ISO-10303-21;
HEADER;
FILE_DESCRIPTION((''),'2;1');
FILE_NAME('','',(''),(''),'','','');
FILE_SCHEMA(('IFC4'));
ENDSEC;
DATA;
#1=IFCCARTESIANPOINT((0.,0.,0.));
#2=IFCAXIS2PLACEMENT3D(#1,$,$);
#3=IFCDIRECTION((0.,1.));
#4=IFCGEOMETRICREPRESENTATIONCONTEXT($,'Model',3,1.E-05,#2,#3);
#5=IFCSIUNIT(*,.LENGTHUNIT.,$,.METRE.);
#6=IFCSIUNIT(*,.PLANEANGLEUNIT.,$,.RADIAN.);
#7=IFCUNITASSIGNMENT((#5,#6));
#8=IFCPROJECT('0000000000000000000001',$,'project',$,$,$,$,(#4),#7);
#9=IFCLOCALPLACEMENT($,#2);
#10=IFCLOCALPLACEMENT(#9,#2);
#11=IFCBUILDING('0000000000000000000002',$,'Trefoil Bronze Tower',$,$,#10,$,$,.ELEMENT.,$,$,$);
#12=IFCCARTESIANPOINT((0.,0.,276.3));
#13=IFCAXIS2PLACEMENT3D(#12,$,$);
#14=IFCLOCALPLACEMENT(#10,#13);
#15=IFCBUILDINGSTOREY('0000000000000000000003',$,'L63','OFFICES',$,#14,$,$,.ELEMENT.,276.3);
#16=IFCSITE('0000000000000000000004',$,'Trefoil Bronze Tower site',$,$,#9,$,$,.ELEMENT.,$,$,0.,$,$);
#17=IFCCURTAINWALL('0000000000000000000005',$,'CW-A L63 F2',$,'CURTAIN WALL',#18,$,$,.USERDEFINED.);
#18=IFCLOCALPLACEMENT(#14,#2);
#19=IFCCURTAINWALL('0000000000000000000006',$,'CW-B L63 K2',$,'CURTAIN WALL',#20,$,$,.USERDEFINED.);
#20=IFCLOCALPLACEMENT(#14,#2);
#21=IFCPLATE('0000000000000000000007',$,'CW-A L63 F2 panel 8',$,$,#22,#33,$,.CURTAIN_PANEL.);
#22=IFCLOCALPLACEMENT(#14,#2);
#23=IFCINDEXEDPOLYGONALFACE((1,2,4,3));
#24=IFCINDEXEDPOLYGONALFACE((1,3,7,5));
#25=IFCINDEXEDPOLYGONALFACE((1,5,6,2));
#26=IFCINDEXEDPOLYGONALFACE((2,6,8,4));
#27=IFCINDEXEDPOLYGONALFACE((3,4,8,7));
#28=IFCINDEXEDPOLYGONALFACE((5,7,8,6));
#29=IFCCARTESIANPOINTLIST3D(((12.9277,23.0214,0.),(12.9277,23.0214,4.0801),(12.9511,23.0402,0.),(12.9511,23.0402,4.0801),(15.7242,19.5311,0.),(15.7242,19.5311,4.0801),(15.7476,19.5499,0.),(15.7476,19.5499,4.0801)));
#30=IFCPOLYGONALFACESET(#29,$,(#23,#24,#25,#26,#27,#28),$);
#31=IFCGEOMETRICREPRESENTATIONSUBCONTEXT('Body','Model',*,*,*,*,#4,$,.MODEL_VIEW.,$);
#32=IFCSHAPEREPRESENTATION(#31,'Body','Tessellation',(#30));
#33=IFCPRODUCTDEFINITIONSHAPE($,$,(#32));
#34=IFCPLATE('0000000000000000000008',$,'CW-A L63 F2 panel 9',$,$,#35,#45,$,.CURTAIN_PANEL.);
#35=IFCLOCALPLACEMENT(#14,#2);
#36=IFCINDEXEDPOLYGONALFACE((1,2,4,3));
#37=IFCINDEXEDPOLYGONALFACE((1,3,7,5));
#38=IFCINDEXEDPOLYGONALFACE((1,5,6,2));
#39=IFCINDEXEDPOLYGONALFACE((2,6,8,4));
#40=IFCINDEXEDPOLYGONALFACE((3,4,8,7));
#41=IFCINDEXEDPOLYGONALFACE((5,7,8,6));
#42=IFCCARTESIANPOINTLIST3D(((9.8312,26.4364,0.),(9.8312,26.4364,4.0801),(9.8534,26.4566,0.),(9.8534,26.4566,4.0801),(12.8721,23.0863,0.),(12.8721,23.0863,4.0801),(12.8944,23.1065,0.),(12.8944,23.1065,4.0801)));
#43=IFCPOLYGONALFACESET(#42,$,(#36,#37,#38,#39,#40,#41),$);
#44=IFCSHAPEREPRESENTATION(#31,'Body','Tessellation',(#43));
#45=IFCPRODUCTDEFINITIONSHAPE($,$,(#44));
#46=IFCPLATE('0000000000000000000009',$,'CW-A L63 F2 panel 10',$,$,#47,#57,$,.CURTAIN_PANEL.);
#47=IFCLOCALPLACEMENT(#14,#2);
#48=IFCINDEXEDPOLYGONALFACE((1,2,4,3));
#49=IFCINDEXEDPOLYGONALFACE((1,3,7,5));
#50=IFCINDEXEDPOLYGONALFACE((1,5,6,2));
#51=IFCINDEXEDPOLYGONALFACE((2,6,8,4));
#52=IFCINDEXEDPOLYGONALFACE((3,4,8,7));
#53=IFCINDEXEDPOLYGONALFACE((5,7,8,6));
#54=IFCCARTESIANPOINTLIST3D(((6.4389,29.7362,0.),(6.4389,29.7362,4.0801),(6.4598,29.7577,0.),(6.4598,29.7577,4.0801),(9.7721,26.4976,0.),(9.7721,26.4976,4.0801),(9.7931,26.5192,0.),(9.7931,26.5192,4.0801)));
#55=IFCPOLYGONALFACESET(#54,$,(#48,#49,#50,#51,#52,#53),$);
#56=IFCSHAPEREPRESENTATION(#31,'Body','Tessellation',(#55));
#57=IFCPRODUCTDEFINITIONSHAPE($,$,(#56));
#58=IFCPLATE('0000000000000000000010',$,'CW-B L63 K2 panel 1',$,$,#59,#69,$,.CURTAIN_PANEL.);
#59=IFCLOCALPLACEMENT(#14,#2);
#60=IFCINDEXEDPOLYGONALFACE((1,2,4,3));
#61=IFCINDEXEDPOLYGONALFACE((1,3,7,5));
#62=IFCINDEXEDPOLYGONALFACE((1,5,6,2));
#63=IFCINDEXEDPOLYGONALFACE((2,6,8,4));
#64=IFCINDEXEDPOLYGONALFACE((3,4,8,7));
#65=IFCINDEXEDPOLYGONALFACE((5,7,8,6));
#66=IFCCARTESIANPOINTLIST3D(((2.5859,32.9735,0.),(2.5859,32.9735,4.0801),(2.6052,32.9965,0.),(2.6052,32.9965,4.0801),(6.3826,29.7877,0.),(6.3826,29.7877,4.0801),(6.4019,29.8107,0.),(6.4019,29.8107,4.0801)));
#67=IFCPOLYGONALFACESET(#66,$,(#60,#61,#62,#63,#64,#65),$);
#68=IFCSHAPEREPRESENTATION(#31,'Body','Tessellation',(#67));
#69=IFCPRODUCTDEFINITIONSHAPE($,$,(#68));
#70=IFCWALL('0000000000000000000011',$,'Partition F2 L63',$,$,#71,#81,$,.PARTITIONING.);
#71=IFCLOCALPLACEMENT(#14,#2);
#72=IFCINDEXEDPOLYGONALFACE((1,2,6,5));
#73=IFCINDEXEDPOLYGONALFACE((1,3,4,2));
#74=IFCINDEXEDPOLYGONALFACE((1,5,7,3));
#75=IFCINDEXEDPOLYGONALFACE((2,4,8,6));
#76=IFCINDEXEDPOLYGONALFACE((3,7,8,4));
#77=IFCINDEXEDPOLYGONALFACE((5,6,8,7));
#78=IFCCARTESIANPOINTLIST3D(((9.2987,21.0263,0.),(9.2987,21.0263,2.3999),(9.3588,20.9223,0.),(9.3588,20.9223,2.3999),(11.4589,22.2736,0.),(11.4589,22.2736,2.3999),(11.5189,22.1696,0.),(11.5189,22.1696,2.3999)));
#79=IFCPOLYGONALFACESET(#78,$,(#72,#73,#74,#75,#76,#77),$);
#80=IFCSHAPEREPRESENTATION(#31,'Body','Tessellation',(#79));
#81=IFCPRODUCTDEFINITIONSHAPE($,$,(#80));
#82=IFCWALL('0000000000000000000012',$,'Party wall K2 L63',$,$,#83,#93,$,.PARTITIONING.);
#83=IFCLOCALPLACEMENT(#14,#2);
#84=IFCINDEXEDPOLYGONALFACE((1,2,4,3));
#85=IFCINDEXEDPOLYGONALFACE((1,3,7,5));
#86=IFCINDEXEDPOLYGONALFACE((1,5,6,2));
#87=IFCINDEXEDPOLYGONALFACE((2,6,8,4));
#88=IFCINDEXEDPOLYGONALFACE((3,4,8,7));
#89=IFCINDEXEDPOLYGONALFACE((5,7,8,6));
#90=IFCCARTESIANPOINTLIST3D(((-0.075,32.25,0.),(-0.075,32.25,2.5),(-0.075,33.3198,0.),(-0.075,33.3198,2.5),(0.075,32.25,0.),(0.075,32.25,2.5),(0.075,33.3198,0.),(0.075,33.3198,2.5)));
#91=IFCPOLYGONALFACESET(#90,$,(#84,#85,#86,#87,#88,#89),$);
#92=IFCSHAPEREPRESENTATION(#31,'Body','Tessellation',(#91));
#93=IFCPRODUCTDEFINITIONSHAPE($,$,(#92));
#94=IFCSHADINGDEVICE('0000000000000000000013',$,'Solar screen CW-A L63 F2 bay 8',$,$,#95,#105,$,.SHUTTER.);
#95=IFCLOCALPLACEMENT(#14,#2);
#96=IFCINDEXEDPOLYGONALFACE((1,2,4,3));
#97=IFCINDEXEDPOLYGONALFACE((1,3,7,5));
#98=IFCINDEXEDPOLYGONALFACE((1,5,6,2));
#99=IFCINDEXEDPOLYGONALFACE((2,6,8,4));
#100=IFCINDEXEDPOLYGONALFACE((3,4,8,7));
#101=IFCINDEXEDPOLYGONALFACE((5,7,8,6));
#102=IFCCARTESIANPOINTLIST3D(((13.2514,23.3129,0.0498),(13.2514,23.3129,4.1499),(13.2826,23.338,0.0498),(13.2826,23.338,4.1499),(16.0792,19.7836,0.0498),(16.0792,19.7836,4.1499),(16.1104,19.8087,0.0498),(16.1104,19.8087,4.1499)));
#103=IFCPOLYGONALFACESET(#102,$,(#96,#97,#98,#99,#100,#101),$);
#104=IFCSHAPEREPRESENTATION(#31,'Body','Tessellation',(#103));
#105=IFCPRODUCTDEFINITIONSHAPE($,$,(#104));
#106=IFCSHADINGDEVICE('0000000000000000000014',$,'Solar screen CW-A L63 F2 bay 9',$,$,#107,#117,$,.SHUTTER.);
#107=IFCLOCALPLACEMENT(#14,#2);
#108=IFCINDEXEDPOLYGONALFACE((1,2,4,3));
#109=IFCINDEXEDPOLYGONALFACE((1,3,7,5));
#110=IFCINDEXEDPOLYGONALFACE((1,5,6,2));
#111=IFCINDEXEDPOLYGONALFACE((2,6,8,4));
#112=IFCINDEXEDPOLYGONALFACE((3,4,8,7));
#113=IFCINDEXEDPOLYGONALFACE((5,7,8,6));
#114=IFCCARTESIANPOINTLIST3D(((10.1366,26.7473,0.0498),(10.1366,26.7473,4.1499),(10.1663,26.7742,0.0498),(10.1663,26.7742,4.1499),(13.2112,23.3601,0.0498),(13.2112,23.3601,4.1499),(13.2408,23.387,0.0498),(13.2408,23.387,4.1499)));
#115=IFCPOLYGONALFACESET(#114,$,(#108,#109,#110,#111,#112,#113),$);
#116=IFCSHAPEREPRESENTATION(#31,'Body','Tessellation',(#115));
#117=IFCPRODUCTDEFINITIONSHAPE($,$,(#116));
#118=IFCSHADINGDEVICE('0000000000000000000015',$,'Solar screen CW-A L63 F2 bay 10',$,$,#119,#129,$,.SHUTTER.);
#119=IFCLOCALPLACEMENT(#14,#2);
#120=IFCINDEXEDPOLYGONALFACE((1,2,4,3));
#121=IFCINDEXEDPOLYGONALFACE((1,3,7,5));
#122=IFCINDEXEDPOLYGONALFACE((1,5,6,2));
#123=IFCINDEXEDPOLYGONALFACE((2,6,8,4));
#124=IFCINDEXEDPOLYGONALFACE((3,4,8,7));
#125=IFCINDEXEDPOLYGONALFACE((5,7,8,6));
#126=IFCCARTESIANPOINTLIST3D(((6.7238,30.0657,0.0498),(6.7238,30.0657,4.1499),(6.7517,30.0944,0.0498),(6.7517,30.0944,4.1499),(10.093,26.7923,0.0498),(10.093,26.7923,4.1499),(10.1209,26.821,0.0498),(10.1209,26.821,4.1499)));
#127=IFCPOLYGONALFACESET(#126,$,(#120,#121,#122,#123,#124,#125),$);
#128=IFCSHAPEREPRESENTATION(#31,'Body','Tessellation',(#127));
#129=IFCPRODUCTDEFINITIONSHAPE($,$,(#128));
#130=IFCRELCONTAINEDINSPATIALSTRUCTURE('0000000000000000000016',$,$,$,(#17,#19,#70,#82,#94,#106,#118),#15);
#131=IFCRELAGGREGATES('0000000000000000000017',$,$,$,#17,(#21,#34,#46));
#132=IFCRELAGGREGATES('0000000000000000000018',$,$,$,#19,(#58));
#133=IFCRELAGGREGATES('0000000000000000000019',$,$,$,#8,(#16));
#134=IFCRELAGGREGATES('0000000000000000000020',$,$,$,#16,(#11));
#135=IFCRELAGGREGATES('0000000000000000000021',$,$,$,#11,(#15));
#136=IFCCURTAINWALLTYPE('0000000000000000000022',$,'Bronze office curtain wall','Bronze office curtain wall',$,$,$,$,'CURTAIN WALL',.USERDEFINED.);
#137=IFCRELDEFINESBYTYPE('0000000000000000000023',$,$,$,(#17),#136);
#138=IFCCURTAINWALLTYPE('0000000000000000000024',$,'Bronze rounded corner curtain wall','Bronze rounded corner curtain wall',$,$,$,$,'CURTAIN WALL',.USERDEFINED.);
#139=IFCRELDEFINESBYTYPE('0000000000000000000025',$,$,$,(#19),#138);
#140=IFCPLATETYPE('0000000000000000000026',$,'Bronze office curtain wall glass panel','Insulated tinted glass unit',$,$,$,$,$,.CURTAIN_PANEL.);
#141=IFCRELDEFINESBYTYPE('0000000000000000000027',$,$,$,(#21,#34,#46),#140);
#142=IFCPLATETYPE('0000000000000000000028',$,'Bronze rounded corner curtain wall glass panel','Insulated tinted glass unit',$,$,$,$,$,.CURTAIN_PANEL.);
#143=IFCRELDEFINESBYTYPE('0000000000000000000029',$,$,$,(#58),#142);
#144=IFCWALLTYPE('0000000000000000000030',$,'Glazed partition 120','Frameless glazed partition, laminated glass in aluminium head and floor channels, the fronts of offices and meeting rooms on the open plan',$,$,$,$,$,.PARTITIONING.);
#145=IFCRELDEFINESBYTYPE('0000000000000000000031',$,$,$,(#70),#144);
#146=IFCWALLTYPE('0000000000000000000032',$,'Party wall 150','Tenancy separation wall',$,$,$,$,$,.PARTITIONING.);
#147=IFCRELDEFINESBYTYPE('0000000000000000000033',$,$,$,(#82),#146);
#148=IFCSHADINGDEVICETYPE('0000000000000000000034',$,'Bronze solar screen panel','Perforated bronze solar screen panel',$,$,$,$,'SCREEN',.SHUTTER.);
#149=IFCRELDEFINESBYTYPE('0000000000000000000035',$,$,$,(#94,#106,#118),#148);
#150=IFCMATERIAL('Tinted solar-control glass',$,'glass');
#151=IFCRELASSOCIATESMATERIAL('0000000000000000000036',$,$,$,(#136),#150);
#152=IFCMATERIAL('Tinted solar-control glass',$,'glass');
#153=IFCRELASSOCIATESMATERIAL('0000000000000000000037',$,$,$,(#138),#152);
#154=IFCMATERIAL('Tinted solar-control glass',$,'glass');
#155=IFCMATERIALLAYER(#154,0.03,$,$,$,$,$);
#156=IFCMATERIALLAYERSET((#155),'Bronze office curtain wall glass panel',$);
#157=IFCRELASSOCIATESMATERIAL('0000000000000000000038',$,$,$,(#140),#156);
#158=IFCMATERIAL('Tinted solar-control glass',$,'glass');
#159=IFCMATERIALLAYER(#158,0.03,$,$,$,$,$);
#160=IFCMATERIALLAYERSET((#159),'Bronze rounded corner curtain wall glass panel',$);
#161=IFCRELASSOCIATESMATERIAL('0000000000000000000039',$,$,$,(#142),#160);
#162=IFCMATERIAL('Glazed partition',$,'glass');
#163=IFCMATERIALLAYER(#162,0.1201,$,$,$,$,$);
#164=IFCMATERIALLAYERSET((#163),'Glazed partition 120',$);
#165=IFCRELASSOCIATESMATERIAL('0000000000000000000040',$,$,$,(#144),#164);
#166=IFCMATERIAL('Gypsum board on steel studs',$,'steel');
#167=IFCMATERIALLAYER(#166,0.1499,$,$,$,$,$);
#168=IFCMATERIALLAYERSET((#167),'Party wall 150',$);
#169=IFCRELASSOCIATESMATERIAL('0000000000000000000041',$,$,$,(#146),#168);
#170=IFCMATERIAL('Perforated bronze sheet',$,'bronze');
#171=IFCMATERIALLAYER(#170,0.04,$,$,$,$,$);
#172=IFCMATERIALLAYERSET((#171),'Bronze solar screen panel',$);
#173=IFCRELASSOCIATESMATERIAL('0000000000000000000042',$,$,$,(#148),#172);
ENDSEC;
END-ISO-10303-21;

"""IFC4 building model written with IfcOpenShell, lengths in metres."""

from ifc_helpers import new_model, si_unit, direction, frame, frame_2d, origin, origin_2d, place, context, subcontext, project, spatial, rectangle, extrude, material, layer, layer_set, type_object, element, aggregate, save


model = new_model("IFC4")

# Units and contexts
model_context = context("Model", 3, precision=1e-05, world=origin(), true_north=direction((0.0, 1.0)))
body_context = subcontext(model_context, "Body", "Model", "MODEL_VIEW")
ifc_project = project(units=[si_unit("LENGTHUNIT", "METRE"), si_unit("PLANEANGLEUNIT", "RADIAN")], contexts=[model_context])

# Site, building, storey
site_placement = place(None, origin())
site = spatial("IfcSite", under=ifc_project, at=site_placement, Name="Trefoil Bronze Tower site", CompositionType="ELEMENT", RefElevation=0.0)
building_placement = place(site_placement, origin())
building = spatial("IfcBuilding", under=site, at=building_placement, Name="Trefoil Bronze Tower", CompositionType="ELEMENT")
storey_placement = place(building_placement, frame((0.0, 0.0, 276.3)))
storey = spatial("IfcBuildingStorey", under=building, at=storey_placement, Name="L63", Description="OFFICES", CompositionType="ELEMENT", Elevation=276.3)

# Curtain walls
ifc_material_1 = material(Name="Tinted solar-control glass", Category="glass")
curtain_wall_type_1 = type_object("IfcCurtainWallType", Name="Bronze office curtain wall", Description="Bronze office curtain wall", ElementType="CURTAIN WALL", PredefinedType="USERDEFINED", material=ifc_material_1)
curtain_wall_1_placement = place(storey_placement, origin())
curtain_wall_1 = element("IfcCurtainWall", 1, at=curtain_wall_1_placement, inside=storey, type_object=curtain_wall_type_1, Name="CW-A L63 F2", ObjectType="CURTAIN WALL", PredefinedType="USERDEFINED")
ifc_material_2 = material(Name="Tinted solar-control glass", Category="glass")
curtain_wall_type_2 = type_object("IfcCurtainWallType", Name="Bronze rounded corner curtain wall", Description="Bronze rounded corner curtain wall", ElementType="CURTAIN WALL", PredefinedType="USERDEFINED", material=ifc_material_2)
curtain_wall_2_placement = place(storey_placement, origin())
curtain_wall_2 = element("IfcCurtainWall", 2, at=curtain_wall_2_placement, inside=storey, type_object=curtain_wall_type_2, Name="CW-B L63 K2", ObjectType="CURTAIN WALL", PredefinedType="USERDEFINED")

# Plates
ifc_material_3 = material(Name="Tinted solar-control glass", Category="glass")
ifc_layer_1 = layer(ifc_material_3, 0.03)
ifc_layer_set_1 = layer_set([ifc_layer_1], Name="Bronze office curtain wall glass panel")
plate_type_1 = type_object("IfcPlateType", Name="Bronze office curtain wall glass panel", Description="Insulated tinted glass unit", PredefinedType="CURTAIN_PANEL", material=ifc_layer_set_1)
plate_1_placement = place(storey_placement, frame((14.3376, 21.2856, 0.0), z_axis=(0.0, 0.0, 1.0), x_axis=(-0.625287, 0.780395, 0.0)))
plate_1 = element("IfcPlate", 3, at=plate_1_placement, type_object=plate_type_1, Name="CW-A L63 F2 panel 8", PredefinedType="CURTAIN_PANEL", context=body_context, shape_type="SweptSolid", body=[
    extrude(rectangle(XDim=4.4724, YDim=0.03, at=origin_2d()), origin(), (0.0, 0.0, 1.0), 4.0801),
])
plate_2_placement = place(storey_placement, frame((11.3628, 24.7715, 0.0), z_axis=(0.0, 0.0, 1.0), x_axis=(-0.672115, 0.740447, 0.0)))
plate_2 = element("IfcPlate", 4, at=plate_2_placement, type_object=plate_type_1, Name="CW-A L63 F2 panel 9", PredefinedType="CURTAIN_PANEL", context=body_context, shape_type="SweptSolid", body=[
    extrude(rectangle(XDim=4.5244, YDim=0.03, at=origin_2d()), origin(), (0.0, 0.0, 1.0), 4.0801),
])
plate_3_placement = place(storey_placement, frame((8.116, 28.1277, 0.0), z_axis=(0.0, 0.0, 1.0), x_axis=(-0.717218, 0.696849, 0.0)))
plate_3 = element("IfcPlate", 5, at=plate_3_placement, type_object=plate_type_1, Name="CW-A L63 F2 panel 10", PredefinedType="CURTAIN_PANEL", context=body_context, shape_type="SweptSolid", body=[
    extrude(rectangle(XDim=4.6475, YDim=0.03, at=origin_2d()), origin(), (0.0, 0.0, 1.0), 4.0801),
])
aggregate(curtain_wall_1, [plate_1, plate_2, plate_3])
ifc_material_4 = material(Name="Tinted solar-control glass", Category="glass")
ifc_layer_2 = layer(ifc_material_4, 0.03)
ifc_layer_set_2 = layer_set([ifc_layer_2], Name="Bronze rounded corner curtain wall glass panel")
plate_type_2 = type_object("IfcPlateType", Name="Bronze rounded corner curtain wall glass panel", Description="Insulated tinted glass unit", PredefinedType="CURTAIN_PANEL", material=ifc_layer_set_2)
plate_4_placement = place(storey_placement, frame((4.4939, 31.3921, 0.0), z_axis=(0.0, 0.0, 1.0), x_axis=(-0.766044, 0.642788, 0.0)))
plate_4 = element("IfcPlate", 6, at=plate_4_placement, type_object=plate_type_2, Name="CW-B L63 K2 panel 1", PredefinedType="CURTAIN_PANEL", context=body_context, shape_type="SweptSolid", body=[
    extrude(rectangle(XDim=4.9563, YDim=0.03, at=origin_2d()), origin(), (0.0, 0.0, 1.0), 4.0801),
])
aggregate(curtain_wall_2, [plate_4])

# Walls
ifc_material_5 = material(Name="Glazed partition", Category="glass")
ifc_layer_3 = layer(ifc_material_5, 0.1201)
ifc_layer_set_3 = layer_set([ifc_layer_3], Name="Glazed partition 120")
wall_type_1 = type_object("IfcWallType", Name="Glazed partition 120", Description="Frameless glazed partition, laminated glass in aluminium head and floor channels, the fronts of offices and meeting rooms on the open plan", PredefinedType="PARTITIONING", material=ifc_layer_set_3)
wall_1_placement = place(storey_placement, frame((9.3289, 20.9744, 0.0), z_axis=(0.0, 0.0, 1.0), x_axis=(0.866, 0.500044, 0.0)))
element("IfcWall", 7, at=wall_1_placement, inside=storey, type_object=wall_type_1, Name="Partition F2 L63", PredefinedType="PARTITIONING", context=body_context, shape_type="SweptSolid", body=[
    extrude(rectangle(XDim=2.4944, YDim=0.1201, at=frame_2d((1.2471, 0.0))), origin(), (0.0, 0.0, 1.0), 2.3999),
])
ifc_material_6 = material(Name="Gypsum board on steel studs", Category="steel")
ifc_layer_4 = layer(ifc_material_6, 0.1499)
ifc_layer_set_4 = layer_set([ifc_layer_4], Name="Party wall 150")
wall_type_2 = type_object("IfcWallType", Name="Party wall 150", Description="Tenancy separation wall", PredefinedType="PARTITIONING", material=ifc_layer_set_4)
wall_2_placement = place(storey_placement, frame((0.0, 32.25, 0.0), z_axis=(0.0, 0.0, 1.0), x_axis=(0.0, 1.0, 0.0)))
element("IfcWall", 8, at=wall_2_placement, inside=storey, type_object=wall_type_2, Name="Party wall K2 L63", PredefinedType="PARTITIONING", context=body_context, shape_type="SweptSolid", body=[
    extrude(rectangle(XDim=1.0698, YDim=0.1499, at=frame_2d((0.5349, 0.0))), origin(), (0.0, 0.0, 1.0), 2.5),
])

# Shading devices
ifc_material_7 = material(Name="Perforated bronze sheet", Category="bronze")
ifc_layer_5 = layer(ifc_material_7, 0.04)
ifc_layer_set_5 = layer_set([ifc_layer_5], Name="Bronze solar screen panel")
shading_device_type = type_object("IfcShadingDeviceType", Name="Bronze solar screen panel", Description="Perforated bronze solar screen panel", ElementType="SCREEN", PredefinedType="SHUTTER", material=ifc_layer_set_5)
shading_device_1_placement = place(storey_placement, frame((14.6809, 21.5608, 0.0498), z_axis=(0.0, 0.0, 1.0), x_axis=(-0.625287, 0.780395, 0.0)))
element("IfcShadingDevice", 9, at=shading_device_1_placement, inside=storey, type_object=shading_device_type, Name="Solar screen CW-A L63 F2 bay 8", PredefinedType="SHUTTER", context=body_context, shape_type="SweptSolid", body=[
    extrude(rectangle(XDim=4.5225, YDim=0.04, at=origin_2d()), origin(), (0.0, 0.0, 1.0), 4.1001),
])
shading_device_2_placement = place(storey_placement, frame((11.6887, 25.0671, 0.0498), z_axis=(0.0, 0.0, 1.0), x_axis=(-0.672115, 0.740447, 0.0)))
element("IfcShadingDevice", 10, at=shading_device_2_placement, inside=storey, type_object=shading_device_type, Name="Solar screen CW-A L63 F2 bay 9", PredefinedType="SHUTTER", context=body_context, shape_type="SweptSolid", body=[
    extrude(rectangle(XDim=4.5745, YDim=0.04, at=origin_2d()), origin(), (0.0, 0.0, 1.0), 4.1001),
])
shading_device_3_placement = place(storey_placement, frame((8.4224, 28.4434, 0.0498), z_axis=(0.0, 0.0, 1.0), x_axis=(-0.717218, 0.696849, 0.0)))
element("IfcShadingDevice", 11, at=shading_device_3_placement, inside=storey, type_object=shading_device_type, Name="Solar screen CW-A L63 F2 bay 10", PredefinedType="SHUTTER", context=body_context, shape_type="SweptSolid", body=[
    extrude(rectangle(XDim=4.6975, YDim=0.04, at=origin_2d()), origin(), (0.0, 0.0, 1.0), 4.1001),
])

save(model, "model.ifc")
